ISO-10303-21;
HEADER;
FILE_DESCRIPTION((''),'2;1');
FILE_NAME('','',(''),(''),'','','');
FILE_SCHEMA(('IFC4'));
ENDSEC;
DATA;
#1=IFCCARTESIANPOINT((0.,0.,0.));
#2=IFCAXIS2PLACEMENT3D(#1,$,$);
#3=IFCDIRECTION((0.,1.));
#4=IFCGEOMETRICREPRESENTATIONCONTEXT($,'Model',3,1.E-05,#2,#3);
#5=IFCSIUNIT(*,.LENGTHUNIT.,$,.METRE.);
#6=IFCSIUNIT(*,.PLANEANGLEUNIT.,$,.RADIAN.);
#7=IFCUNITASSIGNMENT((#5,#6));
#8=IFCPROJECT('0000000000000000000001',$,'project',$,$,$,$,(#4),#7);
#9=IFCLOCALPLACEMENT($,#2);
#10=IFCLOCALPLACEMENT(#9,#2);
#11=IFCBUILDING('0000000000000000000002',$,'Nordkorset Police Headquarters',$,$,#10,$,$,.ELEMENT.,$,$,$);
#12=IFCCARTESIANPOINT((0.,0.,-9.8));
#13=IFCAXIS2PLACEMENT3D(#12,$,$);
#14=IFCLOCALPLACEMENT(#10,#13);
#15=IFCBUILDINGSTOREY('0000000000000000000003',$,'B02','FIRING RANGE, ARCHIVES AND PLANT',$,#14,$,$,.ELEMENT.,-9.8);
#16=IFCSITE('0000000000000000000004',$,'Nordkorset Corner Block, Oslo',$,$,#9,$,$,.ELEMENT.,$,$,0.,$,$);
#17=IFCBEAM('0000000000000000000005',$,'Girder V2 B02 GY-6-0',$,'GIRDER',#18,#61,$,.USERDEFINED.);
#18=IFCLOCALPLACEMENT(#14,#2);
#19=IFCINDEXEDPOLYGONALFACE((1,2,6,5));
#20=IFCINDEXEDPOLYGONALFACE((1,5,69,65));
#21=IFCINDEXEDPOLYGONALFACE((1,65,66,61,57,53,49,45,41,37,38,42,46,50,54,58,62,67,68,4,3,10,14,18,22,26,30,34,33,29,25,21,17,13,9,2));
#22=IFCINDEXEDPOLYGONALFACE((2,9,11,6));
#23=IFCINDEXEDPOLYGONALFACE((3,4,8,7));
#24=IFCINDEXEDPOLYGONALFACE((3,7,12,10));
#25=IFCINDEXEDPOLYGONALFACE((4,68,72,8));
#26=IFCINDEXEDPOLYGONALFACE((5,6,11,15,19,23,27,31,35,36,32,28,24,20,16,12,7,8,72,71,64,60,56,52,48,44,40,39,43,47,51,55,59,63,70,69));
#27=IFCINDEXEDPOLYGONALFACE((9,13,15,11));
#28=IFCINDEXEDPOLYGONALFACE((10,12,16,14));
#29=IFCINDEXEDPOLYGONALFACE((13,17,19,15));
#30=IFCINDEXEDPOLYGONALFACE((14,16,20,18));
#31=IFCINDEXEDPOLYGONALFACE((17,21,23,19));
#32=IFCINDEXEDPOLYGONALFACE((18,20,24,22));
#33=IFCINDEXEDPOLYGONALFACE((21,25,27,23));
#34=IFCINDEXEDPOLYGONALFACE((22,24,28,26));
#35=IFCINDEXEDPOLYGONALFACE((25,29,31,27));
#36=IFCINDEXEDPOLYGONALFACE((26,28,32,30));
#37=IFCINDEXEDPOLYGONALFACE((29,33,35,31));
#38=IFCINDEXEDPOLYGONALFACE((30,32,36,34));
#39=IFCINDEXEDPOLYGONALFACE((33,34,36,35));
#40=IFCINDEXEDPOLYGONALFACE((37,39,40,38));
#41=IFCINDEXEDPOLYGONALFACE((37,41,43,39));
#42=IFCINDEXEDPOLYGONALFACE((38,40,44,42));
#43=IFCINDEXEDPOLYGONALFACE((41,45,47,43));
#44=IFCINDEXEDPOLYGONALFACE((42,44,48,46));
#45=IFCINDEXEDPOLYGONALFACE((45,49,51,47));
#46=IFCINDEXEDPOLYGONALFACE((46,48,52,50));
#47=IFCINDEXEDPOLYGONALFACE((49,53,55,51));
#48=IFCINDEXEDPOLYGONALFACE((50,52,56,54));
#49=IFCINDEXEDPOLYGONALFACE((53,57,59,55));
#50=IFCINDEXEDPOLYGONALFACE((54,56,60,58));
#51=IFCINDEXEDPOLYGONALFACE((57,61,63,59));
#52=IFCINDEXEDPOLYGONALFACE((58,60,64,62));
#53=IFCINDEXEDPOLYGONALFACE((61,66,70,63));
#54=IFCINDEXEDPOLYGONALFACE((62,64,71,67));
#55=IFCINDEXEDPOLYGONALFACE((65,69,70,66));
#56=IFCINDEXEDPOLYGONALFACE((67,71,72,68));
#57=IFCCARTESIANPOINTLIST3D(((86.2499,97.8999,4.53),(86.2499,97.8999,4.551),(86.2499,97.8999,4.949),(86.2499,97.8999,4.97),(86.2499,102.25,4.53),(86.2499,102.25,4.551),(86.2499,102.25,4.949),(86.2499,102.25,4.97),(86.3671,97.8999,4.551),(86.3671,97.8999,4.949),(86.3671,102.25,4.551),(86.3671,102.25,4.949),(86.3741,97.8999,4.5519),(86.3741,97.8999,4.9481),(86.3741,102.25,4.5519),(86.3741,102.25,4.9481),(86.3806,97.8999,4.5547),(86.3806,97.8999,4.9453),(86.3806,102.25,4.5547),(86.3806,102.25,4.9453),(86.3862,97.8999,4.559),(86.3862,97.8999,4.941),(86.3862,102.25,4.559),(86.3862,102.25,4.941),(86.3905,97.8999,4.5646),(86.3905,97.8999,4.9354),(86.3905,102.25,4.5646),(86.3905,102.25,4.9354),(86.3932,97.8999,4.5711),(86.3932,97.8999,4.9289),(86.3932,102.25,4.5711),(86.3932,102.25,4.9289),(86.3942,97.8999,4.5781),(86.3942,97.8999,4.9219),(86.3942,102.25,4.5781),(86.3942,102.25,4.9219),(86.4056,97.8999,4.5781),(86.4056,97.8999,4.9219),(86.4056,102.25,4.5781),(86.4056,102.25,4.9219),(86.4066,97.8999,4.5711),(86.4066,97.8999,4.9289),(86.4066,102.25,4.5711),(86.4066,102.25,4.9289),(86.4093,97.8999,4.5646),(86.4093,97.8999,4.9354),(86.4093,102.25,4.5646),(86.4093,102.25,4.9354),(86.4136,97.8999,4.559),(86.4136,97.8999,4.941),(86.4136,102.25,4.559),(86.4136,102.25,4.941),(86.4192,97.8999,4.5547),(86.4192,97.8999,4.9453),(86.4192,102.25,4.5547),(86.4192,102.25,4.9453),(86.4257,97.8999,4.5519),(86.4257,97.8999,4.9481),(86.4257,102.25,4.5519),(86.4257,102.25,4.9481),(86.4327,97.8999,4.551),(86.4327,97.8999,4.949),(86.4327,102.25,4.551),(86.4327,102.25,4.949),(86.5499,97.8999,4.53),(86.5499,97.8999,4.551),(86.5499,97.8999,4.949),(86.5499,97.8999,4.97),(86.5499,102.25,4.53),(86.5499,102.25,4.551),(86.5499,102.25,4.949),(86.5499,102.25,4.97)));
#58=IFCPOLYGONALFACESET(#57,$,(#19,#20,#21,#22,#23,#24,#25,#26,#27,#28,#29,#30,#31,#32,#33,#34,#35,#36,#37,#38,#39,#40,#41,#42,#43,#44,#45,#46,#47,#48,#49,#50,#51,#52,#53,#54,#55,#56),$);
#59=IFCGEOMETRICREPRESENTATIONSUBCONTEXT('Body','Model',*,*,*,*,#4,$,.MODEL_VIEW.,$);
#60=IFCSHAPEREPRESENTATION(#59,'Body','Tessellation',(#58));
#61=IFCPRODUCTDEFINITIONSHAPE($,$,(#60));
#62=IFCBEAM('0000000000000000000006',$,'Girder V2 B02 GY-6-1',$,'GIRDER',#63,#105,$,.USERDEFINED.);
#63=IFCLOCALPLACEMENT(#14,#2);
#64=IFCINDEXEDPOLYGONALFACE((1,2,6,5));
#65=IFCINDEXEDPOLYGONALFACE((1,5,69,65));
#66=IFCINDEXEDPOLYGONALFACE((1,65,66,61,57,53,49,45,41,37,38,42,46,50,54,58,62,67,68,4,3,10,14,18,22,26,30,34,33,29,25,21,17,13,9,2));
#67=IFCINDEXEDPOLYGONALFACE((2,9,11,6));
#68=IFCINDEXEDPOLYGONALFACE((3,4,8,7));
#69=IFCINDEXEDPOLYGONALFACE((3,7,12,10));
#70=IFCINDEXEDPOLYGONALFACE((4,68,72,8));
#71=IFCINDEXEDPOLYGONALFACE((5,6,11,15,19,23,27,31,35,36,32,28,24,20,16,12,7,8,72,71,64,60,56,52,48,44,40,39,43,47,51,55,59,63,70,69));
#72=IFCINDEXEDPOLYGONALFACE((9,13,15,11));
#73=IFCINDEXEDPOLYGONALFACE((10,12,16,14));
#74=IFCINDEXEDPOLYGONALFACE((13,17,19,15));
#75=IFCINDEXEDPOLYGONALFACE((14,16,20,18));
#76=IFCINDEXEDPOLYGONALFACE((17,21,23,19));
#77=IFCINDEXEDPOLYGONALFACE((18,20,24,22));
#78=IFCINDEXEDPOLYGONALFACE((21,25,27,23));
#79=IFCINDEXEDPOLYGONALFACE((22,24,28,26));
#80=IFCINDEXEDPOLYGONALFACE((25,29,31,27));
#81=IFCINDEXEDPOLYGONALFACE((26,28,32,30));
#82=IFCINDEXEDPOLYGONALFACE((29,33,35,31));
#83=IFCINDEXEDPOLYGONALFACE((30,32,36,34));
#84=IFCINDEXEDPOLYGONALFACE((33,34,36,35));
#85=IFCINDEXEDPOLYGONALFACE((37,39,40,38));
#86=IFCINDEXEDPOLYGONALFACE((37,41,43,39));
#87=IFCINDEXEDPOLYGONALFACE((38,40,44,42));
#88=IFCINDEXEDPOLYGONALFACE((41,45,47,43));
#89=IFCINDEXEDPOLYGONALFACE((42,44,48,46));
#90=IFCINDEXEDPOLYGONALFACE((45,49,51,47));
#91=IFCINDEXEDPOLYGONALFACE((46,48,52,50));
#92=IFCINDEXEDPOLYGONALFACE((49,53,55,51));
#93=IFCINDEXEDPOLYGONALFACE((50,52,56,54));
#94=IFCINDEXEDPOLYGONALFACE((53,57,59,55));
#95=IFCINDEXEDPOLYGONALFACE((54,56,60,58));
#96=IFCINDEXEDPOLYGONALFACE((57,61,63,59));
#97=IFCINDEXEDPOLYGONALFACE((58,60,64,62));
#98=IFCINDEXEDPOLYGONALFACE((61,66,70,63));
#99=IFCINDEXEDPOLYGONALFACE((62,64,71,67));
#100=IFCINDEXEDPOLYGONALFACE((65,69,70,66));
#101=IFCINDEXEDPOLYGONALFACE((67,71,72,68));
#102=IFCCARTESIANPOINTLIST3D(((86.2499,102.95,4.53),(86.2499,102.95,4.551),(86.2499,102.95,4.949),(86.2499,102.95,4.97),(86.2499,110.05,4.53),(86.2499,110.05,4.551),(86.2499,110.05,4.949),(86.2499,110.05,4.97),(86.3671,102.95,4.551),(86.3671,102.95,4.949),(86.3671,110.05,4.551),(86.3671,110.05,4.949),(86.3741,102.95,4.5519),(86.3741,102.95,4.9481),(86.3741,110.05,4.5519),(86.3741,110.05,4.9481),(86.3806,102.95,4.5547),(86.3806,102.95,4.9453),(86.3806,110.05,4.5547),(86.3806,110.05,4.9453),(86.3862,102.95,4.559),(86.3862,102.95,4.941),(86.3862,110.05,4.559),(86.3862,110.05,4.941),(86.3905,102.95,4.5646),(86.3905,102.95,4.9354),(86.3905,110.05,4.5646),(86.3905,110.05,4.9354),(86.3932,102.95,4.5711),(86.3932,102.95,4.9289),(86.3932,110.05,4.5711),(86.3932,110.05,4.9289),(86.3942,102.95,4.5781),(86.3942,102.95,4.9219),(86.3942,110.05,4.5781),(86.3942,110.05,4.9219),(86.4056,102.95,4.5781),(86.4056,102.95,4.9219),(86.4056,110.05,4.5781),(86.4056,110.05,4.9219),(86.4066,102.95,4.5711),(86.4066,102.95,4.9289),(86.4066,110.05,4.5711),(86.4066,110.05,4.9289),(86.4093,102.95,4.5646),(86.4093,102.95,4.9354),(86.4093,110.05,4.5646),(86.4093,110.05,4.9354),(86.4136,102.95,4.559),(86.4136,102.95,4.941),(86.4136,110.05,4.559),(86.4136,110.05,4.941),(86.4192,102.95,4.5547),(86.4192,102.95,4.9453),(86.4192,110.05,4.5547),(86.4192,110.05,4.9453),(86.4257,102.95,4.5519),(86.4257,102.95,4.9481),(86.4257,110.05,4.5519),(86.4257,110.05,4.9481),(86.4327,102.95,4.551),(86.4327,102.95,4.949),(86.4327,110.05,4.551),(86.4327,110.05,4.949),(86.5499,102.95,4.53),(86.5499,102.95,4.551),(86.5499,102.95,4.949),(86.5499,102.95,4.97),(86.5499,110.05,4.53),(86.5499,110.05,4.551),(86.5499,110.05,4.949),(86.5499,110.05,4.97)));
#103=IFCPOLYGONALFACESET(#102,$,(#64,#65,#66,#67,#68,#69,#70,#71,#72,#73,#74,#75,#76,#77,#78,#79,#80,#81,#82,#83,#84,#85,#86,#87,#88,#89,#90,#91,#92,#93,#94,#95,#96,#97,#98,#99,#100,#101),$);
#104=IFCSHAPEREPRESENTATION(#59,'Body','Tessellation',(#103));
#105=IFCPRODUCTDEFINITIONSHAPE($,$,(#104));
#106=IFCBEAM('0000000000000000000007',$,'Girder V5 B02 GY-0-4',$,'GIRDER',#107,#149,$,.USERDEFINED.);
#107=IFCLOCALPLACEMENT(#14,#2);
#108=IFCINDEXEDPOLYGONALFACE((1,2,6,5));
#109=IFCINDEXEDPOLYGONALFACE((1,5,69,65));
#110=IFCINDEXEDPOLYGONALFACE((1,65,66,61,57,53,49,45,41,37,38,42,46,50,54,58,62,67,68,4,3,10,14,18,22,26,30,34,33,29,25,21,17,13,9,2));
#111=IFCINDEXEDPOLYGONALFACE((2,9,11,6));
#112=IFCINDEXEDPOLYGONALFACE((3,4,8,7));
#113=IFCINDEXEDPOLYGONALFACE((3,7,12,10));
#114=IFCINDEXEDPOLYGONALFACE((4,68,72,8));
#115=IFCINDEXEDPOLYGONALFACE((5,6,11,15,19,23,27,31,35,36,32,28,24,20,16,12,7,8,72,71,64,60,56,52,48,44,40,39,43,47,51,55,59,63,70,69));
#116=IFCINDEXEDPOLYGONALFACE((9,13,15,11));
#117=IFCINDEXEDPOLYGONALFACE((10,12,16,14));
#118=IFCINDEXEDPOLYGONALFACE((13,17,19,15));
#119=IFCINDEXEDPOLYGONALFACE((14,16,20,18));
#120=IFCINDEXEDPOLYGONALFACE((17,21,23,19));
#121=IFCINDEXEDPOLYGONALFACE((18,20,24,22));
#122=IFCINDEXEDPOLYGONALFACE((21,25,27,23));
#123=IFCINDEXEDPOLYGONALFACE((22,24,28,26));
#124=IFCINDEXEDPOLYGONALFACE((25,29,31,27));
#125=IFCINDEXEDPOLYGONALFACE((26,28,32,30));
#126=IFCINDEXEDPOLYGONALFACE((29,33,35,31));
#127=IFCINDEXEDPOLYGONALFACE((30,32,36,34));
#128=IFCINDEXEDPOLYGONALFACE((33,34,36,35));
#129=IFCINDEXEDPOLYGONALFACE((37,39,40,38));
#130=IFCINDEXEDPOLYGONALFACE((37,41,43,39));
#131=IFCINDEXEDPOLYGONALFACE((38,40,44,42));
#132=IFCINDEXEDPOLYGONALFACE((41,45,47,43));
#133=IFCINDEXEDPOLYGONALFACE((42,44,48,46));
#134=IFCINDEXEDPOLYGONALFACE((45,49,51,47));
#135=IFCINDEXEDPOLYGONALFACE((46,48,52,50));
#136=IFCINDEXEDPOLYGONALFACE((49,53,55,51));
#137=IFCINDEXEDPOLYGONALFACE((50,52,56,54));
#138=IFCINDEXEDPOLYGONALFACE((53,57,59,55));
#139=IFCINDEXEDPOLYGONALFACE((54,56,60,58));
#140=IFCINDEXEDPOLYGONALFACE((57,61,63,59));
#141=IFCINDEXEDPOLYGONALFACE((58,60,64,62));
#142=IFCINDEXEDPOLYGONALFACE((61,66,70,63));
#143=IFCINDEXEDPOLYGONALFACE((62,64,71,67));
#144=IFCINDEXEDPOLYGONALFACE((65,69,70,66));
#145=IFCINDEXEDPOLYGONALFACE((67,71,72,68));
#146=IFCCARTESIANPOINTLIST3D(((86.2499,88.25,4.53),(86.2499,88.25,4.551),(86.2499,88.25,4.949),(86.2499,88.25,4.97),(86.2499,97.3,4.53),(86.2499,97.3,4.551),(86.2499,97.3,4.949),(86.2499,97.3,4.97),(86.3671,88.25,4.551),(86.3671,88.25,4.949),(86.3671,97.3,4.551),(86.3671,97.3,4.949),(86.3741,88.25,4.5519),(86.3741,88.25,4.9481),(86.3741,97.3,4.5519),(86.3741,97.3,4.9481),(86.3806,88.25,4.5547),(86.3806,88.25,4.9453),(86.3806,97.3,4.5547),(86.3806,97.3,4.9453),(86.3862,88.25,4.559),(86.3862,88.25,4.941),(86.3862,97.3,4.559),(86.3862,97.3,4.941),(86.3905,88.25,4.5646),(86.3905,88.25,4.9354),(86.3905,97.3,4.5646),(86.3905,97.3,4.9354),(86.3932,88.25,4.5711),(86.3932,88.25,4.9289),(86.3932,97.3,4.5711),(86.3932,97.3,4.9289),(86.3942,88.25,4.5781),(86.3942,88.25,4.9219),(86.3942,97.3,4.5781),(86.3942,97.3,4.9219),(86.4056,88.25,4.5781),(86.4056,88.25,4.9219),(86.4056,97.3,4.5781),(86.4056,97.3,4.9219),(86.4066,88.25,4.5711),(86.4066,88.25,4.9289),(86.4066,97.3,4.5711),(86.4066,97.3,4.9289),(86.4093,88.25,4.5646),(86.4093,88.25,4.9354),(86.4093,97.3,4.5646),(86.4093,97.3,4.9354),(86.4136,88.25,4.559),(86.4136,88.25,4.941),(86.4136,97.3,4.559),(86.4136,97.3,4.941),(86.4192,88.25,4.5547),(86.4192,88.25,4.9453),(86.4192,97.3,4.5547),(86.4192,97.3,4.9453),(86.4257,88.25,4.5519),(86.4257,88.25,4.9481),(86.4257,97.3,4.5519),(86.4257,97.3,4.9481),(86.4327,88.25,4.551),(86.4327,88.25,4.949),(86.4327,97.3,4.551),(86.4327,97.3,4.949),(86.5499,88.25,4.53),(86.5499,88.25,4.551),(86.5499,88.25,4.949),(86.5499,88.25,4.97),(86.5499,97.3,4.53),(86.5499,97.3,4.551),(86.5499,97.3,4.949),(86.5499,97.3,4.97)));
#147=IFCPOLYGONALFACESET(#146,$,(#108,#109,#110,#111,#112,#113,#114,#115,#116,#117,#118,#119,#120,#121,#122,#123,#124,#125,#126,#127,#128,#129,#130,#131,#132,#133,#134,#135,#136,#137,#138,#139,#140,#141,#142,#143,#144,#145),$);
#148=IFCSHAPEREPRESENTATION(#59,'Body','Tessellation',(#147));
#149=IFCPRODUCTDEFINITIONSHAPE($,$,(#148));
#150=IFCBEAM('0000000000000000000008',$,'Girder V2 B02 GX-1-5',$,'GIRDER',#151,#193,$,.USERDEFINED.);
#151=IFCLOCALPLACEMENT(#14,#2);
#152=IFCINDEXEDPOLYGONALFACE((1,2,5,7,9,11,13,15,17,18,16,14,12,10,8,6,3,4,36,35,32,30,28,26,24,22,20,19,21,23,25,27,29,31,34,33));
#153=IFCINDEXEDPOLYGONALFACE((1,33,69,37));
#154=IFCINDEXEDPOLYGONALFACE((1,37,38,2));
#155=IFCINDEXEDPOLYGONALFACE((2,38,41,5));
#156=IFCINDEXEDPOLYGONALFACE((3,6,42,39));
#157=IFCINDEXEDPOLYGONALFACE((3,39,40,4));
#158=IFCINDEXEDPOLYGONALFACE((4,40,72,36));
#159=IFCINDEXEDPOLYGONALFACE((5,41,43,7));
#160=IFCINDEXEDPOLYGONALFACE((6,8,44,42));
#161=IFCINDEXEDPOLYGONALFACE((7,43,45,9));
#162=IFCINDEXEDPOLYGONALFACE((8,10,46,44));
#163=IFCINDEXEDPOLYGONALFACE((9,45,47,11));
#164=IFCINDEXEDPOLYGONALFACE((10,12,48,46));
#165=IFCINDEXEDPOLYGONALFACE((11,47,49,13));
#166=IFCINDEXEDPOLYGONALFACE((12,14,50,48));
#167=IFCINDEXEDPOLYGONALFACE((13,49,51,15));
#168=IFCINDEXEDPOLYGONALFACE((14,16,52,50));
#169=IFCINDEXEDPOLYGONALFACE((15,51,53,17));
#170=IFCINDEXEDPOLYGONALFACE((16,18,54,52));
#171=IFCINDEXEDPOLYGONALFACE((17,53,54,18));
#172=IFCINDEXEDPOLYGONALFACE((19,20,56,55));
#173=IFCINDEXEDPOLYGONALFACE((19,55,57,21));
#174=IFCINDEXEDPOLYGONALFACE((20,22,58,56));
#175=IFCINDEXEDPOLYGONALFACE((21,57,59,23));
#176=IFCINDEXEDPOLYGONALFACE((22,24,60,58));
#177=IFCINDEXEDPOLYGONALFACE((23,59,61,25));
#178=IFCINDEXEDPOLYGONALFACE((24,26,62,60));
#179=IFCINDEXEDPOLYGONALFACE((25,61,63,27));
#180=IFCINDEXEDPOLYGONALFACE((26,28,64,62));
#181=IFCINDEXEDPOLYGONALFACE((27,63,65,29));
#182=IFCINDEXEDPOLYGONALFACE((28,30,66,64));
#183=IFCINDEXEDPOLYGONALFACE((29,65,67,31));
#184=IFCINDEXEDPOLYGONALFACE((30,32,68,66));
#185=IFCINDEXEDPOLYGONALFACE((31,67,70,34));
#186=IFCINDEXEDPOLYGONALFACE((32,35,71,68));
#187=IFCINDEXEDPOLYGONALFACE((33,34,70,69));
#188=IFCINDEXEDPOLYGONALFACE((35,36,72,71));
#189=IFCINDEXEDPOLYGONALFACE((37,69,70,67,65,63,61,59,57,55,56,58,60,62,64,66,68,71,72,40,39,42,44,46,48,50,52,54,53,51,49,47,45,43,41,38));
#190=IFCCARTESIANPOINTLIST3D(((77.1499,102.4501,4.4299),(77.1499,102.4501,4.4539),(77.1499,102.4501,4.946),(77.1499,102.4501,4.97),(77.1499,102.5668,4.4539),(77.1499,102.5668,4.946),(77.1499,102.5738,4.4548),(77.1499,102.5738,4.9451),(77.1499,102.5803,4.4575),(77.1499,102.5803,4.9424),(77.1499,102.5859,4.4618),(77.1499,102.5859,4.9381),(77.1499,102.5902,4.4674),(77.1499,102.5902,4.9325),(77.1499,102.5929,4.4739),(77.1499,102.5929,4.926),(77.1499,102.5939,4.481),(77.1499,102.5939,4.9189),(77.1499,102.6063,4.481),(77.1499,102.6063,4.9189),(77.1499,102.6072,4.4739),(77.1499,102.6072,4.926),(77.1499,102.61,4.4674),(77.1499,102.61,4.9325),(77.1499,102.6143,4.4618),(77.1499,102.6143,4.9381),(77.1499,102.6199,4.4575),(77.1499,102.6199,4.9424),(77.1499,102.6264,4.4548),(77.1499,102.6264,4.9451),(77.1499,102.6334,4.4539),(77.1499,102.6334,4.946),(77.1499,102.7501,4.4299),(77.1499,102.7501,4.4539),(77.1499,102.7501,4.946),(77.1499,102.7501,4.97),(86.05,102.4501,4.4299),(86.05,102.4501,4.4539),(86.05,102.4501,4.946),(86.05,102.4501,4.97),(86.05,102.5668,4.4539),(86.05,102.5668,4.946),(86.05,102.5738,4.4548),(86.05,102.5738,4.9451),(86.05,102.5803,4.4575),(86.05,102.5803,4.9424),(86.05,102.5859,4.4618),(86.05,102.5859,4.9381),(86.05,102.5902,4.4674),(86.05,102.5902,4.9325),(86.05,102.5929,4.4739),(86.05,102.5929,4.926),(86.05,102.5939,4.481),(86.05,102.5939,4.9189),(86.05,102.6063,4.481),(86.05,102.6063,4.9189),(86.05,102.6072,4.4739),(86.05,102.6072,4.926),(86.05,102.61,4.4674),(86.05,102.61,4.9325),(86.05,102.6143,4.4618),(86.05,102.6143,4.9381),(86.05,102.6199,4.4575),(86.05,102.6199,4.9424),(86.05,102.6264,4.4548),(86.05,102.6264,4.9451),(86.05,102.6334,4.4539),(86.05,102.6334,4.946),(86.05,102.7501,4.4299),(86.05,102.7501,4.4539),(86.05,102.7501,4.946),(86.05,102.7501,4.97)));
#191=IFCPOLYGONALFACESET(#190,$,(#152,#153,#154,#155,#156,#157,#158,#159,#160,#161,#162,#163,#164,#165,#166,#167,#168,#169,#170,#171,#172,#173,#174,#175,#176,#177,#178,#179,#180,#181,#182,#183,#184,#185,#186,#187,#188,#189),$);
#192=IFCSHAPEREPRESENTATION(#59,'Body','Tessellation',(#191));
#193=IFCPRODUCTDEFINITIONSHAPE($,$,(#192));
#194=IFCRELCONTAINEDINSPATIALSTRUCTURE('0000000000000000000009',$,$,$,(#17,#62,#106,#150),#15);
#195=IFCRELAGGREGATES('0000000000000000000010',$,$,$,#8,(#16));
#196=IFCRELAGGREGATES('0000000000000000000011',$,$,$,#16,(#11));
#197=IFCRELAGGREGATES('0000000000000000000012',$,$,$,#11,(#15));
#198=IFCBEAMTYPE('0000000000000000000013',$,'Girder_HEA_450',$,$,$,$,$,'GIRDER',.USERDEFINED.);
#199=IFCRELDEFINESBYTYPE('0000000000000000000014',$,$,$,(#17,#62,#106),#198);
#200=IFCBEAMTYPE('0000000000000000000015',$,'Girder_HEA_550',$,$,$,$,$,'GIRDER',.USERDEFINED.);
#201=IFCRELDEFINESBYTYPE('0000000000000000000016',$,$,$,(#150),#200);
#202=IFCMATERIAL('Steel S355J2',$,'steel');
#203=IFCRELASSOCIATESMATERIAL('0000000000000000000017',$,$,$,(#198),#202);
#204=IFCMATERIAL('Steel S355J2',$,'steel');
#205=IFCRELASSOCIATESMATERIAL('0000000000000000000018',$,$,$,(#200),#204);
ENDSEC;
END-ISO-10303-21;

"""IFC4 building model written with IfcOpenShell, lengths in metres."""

from ifc_helpers import new_model, si_unit, direction, frame, origin, origin_2d, place, context, subcontext, project, spatial, i_section, extrude, material, material_profile, profile_set, type_object, element, save


model = new_model("IFC4")

# Units and contexts
model_context = context("Model", 3, precision=1e-05, world=origin(), true_north=direction((0.0, 1.0)))
body_context = subcontext(model_context, "Body", "Model", "MODEL_VIEW")
ifc_project = project(units=[si_unit("LENGTHUNIT", "METRE"), si_unit("PLANEANGLEUNIT", "RADIAN")], contexts=[model_context])

# Site, building, storey
site_placement = place(None, origin())
site = spatial("IfcSite", under=ifc_project, at=site_placement, Name="Nordkorset Corner Block, Oslo", CompositionType="ELEMENT", RefElevation=0.0)
building_placement = place(site_placement, origin())
building = spatial("IfcBuilding", under=site, at=building_placement, Name="Nordkorset Police Headquarters", CompositionType="ELEMENT")
storey_placement = place(building_placement, frame((0.0, 0.0, -9.8)))
storey = spatial("IfcBuildingStorey", under=building, at=storey_placement, Name="B02", Description="FIRING RANGE, ARCHIVES AND PLANT", CompositionType="ELEMENT", Elevation=-9.8)

# Beams
ifc_material_1 = material(Name="Steel S355J2", Category="steel")
ifc_material_profile_1 = material_profile(ifc_material_1, i_section(OverallWidth=0.3, OverallDepth=0.4399, WebThickness=0.0115, FlangeThickness=0.021, FilletRadius=0.0271, at=origin_2d()), Name="HEA 450")
ifc_profile_set_1 = profile_set([ifc_material_profile_1], Name="Steel S355J2")
beam_type_1 = type_object("IfcBeamType", Name="Girder_HEA_450", ElementType="GIRDER", PredefinedType="USERDEFINED", material=ifc_profile_set_1)
beam_1_placement = place(storey_placement, frame((86.3999, 97.8999, 4.75), z_axis=(0.0, 1.0, 0.0), x_axis=(-1.0, 0.0, 0.0)))
element("IfcBeam", 1, at=beam_1_placement, inside=storey, type_object=beam_type_1, Name="Girder V2 B02 GY-6-0", ObjectType="GIRDER", PredefinedType="USERDEFINED", context=body_context, shape_type="SweptSolid", body=[
    extrude(i_section(OverallWidth=0.3, OverallDepth=0.4399, WebThickness=0.0115, FlangeThickness=0.021, FilletRadius=0.0271, at=origin_2d()), origin(), (0.0, 0.0, 1.0), 4.3501),
])
beam_2_placement = place(storey_placement, frame((86.3999, 102.95, 4.75), z_axis=(0.0, 1.0, 0.0), x_axis=(-1.0, 0.0, 0.0)))
element("IfcBeam", 2, at=beam_2_placement, inside=storey, type_object=beam_type_1, Name="Girder V2 B02 GY-6-1", ObjectType="GIRDER", PredefinedType="USERDEFINED", context=body_context, shape_type="SweptSolid", body=[
    extrude(i_section(OverallWidth=0.3, OverallDepth=0.4399, WebThickness=0.0115, FlangeThickness=0.021, FilletRadius=0.0271, at=origin_2d()), origin(), (0.0, 0.0, 1.0), 7.1001),
])
beam_3_placement = place(storey_placement, frame((86.3999, 88.25, 4.75), z_axis=(0.0, 1.0, 0.0), x_axis=(-1.0, 0.0, 0.0)))
element("IfcBeam", 3, at=beam_3_placement, inside=storey, type_object=beam_type_1, Name="Girder V5 B02 GY-0-4", ObjectType="GIRDER", PredefinedType="USERDEFINED", context=body_context, shape_type="SweptSolid", body=[
    extrude(i_section(OverallWidth=0.3, OverallDepth=0.4399, WebThickness=0.0115, FlangeThickness=0.021, FilletRadius=0.0271, at=origin_2d()), origin(), (0.0, 0.0, 1.0), 9.05),
])
ifc_material_2 = material(Name="Steel S355J2", Category="steel")
ifc_material_profile_2 = material_profile(ifc_material_2, i_section(OverallWidth=0.3, OverallDepth=0.54, WebThickness=0.0125, FlangeThickness=0.0239, FilletRadius=0.0271, at=origin_2d()), Name="HEA 550")
ifc_profile_set_2 = profile_set([ifc_material_profile_2], Name="Steel S355J2")
beam_type_2 = type_object("IfcBeamType", Name="Girder_HEA_550", ElementType="GIRDER", PredefinedType="USERDEFINED", material=ifc_profile_set_2)
beam_4_placement = place(storey_placement, frame((77.1499, 102.6001, 4.7), z_axis=(1.0, 0.0, 0.0), x_axis=(0.0, 1.0, 0.0)))
element("IfcBeam", 4, at=beam_4_placement, inside=storey, type_object=beam_type_2, Name="Girder V2 B02 GX-1-5", ObjectType="GIRDER", PredefinedType="USERDEFINED", context=body_context, shape_type="SweptSolid", body=[
    extrude(i_section(OverallWidth=0.3, OverallDepth=0.54, WebThickness=0.0125, FlangeThickness=0.0239, FilletRadius=0.0271, at=origin_2d()), origin(), (0.0, 0.0, 1.0), 8.9001),
])

save(model, "model.ifc")
